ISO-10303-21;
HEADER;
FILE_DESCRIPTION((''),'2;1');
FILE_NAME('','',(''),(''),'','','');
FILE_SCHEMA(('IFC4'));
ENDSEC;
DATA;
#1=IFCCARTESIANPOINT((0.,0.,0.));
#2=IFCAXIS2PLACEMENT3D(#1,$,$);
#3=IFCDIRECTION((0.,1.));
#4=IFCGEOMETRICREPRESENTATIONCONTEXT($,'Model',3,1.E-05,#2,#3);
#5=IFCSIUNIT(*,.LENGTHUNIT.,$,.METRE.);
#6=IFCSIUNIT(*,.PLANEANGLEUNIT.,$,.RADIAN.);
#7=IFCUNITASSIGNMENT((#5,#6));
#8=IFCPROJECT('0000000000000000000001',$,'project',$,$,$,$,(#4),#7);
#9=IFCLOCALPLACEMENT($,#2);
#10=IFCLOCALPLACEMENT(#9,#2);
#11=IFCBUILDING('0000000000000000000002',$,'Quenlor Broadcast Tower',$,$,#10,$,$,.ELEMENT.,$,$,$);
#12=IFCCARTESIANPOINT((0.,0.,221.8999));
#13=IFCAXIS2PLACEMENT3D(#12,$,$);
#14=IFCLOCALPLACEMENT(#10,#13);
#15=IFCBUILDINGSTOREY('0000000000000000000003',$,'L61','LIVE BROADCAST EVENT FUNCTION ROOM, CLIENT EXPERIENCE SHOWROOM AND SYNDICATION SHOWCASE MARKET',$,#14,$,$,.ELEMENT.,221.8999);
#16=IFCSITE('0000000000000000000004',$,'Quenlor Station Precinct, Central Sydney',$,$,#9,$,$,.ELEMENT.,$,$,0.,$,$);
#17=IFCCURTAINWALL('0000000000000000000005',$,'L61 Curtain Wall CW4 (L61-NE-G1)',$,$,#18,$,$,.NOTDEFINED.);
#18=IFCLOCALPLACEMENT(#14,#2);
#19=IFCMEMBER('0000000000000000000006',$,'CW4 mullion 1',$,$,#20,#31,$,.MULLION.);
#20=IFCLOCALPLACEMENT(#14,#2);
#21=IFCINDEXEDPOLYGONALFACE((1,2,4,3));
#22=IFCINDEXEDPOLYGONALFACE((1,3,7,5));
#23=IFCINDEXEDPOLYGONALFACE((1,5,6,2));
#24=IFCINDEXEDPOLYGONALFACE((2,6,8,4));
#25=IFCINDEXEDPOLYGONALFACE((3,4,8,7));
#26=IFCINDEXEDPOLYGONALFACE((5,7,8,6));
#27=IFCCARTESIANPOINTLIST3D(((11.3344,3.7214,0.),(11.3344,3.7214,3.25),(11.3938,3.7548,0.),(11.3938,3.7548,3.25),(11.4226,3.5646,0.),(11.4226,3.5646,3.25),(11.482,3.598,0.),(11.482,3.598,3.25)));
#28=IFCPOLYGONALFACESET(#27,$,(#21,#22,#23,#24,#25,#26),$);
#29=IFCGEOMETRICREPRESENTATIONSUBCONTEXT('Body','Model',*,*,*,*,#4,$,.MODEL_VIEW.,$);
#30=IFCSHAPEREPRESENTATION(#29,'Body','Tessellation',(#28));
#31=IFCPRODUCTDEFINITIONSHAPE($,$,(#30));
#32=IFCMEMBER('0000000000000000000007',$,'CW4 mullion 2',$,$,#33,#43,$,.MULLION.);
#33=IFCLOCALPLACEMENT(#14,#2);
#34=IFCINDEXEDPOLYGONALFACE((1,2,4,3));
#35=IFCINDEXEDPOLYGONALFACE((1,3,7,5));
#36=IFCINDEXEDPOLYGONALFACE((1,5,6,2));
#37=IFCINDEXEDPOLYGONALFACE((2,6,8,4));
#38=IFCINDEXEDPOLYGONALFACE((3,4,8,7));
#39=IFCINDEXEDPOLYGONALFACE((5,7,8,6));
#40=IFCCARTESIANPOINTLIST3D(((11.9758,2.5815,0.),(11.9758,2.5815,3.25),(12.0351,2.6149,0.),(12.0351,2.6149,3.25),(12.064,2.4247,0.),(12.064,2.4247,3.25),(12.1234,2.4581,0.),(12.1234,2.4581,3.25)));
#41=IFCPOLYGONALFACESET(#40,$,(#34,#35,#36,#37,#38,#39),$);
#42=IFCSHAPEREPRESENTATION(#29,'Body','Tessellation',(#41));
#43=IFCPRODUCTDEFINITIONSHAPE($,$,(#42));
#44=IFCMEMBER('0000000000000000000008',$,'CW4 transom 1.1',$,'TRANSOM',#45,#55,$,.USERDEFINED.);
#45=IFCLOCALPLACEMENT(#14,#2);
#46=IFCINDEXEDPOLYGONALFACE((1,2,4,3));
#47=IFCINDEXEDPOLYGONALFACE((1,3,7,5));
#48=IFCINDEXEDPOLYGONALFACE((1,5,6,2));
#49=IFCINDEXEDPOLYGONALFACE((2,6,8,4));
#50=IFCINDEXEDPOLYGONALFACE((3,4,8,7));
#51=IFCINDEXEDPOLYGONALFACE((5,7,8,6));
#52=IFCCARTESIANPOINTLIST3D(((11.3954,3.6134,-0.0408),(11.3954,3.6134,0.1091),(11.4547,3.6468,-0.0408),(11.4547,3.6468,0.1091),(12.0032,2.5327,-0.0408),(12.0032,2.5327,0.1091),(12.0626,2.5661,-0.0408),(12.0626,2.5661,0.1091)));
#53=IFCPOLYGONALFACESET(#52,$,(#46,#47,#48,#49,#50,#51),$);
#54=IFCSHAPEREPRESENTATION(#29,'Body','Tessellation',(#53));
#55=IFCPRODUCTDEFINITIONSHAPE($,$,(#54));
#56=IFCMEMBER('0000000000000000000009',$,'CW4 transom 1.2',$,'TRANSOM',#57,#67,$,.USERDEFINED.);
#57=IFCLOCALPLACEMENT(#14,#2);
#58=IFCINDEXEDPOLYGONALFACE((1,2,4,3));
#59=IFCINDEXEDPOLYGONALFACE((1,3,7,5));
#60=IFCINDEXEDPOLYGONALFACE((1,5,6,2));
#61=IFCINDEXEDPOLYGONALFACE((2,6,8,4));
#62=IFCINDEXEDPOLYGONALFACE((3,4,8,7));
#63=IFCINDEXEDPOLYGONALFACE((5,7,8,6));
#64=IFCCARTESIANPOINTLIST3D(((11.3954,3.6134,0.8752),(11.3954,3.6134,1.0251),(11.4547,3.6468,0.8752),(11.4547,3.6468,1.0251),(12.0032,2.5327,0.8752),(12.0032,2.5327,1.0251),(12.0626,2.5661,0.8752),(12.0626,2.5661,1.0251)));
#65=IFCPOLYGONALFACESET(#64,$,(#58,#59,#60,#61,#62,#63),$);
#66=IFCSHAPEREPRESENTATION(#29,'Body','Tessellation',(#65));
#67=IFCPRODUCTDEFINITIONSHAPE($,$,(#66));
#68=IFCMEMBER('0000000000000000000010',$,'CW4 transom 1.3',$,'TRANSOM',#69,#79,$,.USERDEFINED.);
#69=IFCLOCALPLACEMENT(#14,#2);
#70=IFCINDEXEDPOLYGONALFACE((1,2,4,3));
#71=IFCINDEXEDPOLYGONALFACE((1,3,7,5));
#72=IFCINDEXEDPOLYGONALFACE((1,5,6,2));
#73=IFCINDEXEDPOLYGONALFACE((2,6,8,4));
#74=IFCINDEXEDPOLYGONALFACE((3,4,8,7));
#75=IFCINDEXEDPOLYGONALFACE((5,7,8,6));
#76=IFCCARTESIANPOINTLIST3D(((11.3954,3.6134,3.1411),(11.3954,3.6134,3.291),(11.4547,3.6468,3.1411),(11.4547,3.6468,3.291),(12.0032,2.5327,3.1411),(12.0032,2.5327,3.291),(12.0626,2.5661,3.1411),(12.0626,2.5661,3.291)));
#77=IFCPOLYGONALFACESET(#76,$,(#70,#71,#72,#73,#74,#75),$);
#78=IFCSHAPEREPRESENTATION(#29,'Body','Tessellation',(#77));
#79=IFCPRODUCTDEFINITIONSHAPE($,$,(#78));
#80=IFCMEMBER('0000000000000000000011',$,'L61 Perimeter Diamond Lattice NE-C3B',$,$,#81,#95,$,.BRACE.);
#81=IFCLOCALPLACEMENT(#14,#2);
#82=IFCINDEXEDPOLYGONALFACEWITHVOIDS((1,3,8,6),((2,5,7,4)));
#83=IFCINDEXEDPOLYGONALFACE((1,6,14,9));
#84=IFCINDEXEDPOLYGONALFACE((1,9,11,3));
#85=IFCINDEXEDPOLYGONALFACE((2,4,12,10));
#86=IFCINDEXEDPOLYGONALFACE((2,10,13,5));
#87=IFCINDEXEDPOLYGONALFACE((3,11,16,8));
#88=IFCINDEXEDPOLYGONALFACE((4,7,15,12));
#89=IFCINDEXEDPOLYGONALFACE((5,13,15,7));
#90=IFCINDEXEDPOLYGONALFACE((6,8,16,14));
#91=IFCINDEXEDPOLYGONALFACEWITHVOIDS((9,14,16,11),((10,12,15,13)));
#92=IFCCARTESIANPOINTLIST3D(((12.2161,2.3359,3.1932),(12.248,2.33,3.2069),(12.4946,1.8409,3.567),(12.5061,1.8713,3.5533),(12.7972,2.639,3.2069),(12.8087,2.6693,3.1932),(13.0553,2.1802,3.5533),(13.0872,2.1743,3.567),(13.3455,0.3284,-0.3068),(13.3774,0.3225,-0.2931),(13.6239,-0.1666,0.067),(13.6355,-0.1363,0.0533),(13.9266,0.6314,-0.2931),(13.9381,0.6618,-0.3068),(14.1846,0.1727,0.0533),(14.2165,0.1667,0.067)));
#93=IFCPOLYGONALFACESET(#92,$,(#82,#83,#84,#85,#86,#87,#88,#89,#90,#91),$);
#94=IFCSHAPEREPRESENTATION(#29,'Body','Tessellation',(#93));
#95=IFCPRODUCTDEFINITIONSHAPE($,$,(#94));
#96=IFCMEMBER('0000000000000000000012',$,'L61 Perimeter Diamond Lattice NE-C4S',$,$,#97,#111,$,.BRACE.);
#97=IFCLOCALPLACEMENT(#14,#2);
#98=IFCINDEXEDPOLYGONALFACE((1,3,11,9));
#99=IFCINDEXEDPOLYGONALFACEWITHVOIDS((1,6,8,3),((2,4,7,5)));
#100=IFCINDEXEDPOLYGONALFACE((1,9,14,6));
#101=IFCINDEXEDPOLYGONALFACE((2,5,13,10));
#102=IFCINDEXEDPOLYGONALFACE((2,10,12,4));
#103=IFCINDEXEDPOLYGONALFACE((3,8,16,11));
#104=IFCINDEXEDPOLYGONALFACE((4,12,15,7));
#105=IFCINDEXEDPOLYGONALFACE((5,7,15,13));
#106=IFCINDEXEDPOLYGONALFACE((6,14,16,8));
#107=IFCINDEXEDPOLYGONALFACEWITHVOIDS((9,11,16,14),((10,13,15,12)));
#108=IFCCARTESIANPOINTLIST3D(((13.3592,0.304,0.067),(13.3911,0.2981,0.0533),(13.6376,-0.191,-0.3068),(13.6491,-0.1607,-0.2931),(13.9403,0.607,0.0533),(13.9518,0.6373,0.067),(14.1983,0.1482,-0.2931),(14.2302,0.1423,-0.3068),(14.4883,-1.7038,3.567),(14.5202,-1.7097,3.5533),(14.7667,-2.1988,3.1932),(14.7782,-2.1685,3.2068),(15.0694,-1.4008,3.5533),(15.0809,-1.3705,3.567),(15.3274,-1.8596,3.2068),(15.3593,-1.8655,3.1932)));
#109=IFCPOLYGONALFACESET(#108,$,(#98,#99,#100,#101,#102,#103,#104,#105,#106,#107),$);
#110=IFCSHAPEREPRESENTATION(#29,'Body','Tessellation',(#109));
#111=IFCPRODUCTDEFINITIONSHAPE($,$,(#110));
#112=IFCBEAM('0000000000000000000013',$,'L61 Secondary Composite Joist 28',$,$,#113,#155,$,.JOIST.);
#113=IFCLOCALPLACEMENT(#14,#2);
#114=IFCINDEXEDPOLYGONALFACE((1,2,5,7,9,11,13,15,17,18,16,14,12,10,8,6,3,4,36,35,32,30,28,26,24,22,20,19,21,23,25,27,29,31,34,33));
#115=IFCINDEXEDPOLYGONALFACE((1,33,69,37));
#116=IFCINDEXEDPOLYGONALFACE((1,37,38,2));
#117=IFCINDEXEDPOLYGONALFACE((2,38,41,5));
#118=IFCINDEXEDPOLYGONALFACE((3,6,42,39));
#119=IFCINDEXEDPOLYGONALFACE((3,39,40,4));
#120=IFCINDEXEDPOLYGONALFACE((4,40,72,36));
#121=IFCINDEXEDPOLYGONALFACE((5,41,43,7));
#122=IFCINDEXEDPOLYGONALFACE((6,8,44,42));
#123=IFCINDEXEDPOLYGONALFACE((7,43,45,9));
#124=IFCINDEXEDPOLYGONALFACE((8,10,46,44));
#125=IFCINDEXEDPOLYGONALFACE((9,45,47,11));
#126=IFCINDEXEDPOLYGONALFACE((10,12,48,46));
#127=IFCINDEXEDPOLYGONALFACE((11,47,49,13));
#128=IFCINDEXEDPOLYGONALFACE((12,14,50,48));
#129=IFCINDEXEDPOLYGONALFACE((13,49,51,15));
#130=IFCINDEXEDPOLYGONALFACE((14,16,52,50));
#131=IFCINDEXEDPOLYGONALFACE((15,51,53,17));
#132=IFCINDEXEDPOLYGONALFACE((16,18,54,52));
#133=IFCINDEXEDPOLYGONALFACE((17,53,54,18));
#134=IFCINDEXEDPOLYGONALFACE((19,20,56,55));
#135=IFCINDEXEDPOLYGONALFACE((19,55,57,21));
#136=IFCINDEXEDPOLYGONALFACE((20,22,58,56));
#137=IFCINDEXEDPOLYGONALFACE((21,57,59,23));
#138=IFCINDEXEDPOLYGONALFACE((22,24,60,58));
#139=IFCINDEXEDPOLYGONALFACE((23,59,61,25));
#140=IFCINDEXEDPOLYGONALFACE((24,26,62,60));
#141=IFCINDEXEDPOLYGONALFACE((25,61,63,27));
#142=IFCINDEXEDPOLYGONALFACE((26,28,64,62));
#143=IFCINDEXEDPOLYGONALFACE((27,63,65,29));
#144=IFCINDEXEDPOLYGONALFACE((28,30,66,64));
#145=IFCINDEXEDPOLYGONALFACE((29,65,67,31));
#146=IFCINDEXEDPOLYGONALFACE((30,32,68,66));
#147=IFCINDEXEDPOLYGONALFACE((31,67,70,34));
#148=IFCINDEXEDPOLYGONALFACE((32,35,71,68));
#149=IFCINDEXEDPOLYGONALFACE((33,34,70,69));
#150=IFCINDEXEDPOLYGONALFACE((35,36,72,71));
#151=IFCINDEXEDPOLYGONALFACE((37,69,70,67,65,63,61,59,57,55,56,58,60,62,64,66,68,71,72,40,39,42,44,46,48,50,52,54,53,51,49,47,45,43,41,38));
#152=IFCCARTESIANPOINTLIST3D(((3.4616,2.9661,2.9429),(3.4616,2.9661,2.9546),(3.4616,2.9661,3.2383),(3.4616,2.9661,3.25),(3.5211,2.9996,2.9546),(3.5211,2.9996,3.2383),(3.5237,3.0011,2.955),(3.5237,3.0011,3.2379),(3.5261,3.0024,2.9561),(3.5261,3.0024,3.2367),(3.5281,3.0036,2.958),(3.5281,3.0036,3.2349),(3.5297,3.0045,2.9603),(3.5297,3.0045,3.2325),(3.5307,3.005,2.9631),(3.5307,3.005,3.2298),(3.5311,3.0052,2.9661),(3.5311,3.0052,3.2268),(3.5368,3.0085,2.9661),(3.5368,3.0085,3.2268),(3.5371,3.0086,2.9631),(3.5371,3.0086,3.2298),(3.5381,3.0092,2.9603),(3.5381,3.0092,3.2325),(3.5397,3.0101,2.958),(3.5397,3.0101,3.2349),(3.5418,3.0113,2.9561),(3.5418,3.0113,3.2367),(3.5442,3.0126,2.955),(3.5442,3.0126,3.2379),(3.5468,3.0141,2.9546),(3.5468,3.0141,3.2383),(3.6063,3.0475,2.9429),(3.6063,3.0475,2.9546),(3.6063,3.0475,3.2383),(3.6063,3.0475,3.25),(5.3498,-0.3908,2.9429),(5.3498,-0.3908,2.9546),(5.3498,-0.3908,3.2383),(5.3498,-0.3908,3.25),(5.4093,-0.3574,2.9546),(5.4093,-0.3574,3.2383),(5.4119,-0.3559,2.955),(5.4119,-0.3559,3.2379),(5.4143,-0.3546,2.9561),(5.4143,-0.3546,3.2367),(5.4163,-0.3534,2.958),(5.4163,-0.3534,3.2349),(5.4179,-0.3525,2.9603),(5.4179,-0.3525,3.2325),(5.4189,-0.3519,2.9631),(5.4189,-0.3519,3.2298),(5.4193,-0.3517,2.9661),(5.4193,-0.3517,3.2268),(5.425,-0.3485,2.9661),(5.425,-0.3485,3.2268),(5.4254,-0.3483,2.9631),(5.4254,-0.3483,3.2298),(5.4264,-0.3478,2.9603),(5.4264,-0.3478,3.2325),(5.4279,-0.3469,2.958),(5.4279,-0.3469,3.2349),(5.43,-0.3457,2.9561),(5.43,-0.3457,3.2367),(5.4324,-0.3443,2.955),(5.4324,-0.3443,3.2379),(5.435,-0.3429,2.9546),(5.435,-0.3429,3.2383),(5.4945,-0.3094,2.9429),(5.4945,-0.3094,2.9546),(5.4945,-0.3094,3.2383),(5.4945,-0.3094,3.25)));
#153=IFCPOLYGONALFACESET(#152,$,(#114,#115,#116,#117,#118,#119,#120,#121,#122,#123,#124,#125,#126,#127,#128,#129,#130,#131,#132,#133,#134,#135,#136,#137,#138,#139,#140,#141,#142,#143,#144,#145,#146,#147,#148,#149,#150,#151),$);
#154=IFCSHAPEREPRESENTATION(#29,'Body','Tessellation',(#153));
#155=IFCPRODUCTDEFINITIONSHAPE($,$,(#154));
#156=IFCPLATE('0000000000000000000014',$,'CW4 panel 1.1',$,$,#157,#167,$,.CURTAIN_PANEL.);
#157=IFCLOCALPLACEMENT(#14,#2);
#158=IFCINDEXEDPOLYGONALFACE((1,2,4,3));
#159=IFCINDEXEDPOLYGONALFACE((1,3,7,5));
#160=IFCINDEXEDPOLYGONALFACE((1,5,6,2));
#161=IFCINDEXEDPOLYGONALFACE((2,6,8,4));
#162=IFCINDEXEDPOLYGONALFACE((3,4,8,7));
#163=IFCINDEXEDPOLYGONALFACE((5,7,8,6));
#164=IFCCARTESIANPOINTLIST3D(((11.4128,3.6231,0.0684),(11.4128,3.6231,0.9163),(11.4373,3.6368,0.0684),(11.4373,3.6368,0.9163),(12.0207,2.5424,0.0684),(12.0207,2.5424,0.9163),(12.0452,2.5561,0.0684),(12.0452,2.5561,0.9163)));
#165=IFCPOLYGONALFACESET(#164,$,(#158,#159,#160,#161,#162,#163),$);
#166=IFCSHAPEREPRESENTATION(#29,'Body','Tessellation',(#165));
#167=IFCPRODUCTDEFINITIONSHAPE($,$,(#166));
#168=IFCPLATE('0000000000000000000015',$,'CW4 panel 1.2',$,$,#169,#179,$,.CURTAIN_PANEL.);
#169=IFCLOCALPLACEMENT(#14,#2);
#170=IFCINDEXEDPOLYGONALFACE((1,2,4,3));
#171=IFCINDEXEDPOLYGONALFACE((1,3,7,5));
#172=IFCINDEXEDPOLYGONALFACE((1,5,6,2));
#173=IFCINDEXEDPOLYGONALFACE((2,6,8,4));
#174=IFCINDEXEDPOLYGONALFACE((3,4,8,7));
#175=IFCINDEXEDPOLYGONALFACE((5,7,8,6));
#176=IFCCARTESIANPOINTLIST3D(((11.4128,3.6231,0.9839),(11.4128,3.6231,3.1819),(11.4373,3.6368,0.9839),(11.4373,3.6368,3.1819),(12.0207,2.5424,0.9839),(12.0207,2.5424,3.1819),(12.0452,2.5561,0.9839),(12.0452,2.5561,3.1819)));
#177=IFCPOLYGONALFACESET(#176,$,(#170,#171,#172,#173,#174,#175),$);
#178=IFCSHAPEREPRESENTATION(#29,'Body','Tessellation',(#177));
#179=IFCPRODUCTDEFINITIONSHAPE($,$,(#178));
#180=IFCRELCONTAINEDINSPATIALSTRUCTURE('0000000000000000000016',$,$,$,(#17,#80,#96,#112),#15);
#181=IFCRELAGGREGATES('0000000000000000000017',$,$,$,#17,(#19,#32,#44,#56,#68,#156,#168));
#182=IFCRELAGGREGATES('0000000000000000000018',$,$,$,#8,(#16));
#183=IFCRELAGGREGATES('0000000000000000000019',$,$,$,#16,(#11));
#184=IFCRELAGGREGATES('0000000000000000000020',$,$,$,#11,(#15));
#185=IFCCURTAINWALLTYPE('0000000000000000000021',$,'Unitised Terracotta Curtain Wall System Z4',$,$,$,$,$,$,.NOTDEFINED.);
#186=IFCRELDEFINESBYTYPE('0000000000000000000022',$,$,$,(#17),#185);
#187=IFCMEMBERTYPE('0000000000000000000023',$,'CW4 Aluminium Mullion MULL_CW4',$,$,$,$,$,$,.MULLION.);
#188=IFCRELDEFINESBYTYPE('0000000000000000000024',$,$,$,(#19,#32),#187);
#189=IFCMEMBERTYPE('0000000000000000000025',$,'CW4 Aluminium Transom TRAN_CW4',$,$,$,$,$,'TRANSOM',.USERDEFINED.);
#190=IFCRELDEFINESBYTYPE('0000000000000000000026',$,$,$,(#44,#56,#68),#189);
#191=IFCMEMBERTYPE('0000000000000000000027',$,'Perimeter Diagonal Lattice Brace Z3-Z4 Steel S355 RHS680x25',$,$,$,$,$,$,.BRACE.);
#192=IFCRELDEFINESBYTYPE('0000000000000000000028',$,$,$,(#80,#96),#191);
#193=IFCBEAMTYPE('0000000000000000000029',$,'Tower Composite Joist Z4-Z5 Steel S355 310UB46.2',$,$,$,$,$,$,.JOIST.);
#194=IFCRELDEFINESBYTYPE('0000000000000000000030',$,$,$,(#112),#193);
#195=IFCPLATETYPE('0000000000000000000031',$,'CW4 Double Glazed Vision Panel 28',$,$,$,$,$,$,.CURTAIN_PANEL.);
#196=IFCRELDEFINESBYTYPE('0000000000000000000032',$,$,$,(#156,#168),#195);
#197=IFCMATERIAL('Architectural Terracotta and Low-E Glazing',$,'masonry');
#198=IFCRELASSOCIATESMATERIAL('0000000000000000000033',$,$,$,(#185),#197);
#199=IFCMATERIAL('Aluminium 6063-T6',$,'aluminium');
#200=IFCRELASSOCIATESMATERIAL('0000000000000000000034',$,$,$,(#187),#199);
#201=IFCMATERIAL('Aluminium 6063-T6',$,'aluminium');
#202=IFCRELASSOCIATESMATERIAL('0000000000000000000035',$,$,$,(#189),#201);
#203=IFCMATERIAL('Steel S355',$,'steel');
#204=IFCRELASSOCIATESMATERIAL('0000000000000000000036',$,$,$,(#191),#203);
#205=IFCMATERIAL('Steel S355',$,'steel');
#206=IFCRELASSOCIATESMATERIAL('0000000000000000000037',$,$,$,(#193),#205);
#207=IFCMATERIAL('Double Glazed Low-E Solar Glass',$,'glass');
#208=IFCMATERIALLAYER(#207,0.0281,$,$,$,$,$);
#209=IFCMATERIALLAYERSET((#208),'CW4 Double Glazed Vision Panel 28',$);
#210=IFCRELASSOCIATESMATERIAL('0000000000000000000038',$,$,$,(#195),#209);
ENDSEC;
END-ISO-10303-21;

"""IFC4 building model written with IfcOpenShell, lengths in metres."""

from ifc_helpers import new_model, si_unit, direction, frame, origin, origin_2d, place, context, subcontext, project, spatial, rectangle, hollow_rectangle, i_section, extrude, material, layer, layer_set, material_profile, profile_set, type_object, element, aggregate, save


model = new_model("IFC4")

# Units and contexts
model_context = context("Model", 3, precision=1e-05, world=origin(), true_north=direction((0.0, 1.0)))
body_context = subcontext(model_context, "Body", "Model", "MODEL_VIEW")
ifc_project = project(units=[si_unit("LENGTHUNIT", "METRE"), si_unit("PLANEANGLEUNIT", "RADIAN")], contexts=[model_context])

# Site, building, storey
site_placement = place(None, origin())
site = spatial("IfcSite", under=ifc_project, at=site_placement, Name="Quenlor Station Precinct, Central Sydney", CompositionType="ELEMENT", RefElevation=0.0)
building_placement = place(site_placement, origin())
building = spatial("IfcBuilding", under=site, at=building_placement, Name="Quenlor Broadcast Tower", CompositionType="ELEMENT")
storey_placement = place(building_placement, frame((0.0, 0.0, 221.8999)))
storey = spatial("IfcBuildingStorey", under=building, at=storey_placement, Name="L61", Description="LIVE BROADCAST EVENT FUNCTION ROOM, CLIENT EXPERIENCE SHOWROOM AND SYNDICATION SHOWCASE MARKET", CompositionType="ELEMENT", Elevation=221.8999)

# Curtain wall, members
ifc_material_1 = material(Name="Architectural Terracotta and Low-E Glazing", Category="masonry")
curtain_wall_type = type_object("IfcCurtainWallType", Name="Unitised Terracotta Curtain Wall System Z4", PredefinedType="NOTDEFINED", material=ifc_material_1)
curtain_wall_placement = place(storey_placement, origin())
curtain_wall = element("IfcCurtainWall", 1, at=curtain_wall_placement, inside=storey, type_object=curtain_wall_type, Name="L61 Curtain Wall CW4 (L61-NE-G1)", PredefinedType="NOTDEFINED")
ifc_material_2 = material(Name="Aluminium 6063-T6", Category="aluminium")
ifc_material_profile_1 = material_profile(ifc_material_2, rectangle(XDim=0.0681, YDim=0.1799, at=origin_2d()))
ifc_profile_set_1 = profile_set([ifc_material_profile_1], Name="Aluminium 6063-T6 MULL68x180")
member_type_1 = type_object("IfcMemberType", Name="CW4 Aluminium Mullion MULL_CW4", PredefinedType="MULLION", material=ifc_profile_set_1)
member_1_placement = place(storey_placement, frame((11.4082, 3.6597, 0.0), z_axis=(0.0, 0.0, 1.0), x_axis=(0.87156, 0.490289, 0.0)))
member_1 = element("IfcMember", 2, at=member_1_placement, type_object=member_type_1, Name="CW4 mullion 1", PredefinedType="MULLION", context=body_context, shape_type="SweptSolid", body=[
    extrude(rectangle(XDim=0.0681, YDim=0.1799, at=origin_2d()), origin(), (0.0, 0.0, 1.0), 3.25),
])
member_2_placement = place(storey_placement, frame((12.0496, 2.5198, 0.0), z_axis=(0.0, 0.0, 1.0), x_axis=(0.87156, 0.490289, 0.0)))
member_2 = element("IfcMember", 3, at=member_2_placement, type_object=member_type_1, Name="CW4 mullion 2", PredefinedType="MULLION", context=body_context, shape_type="SweptSolid", body=[
    extrude(rectangle(XDim=0.0681, YDim=0.1799, at=origin_2d()), origin(), (0.0, 0.0, 1.0), 3.25),
])
ifc_material_3 = material(Name="Aluminium 6063-T6", Category="aluminium")
ifc_material_profile_2 = material_profile(ifc_material_3, rectangle(XDim=0.0681, YDim=0.1499, at=origin_2d()))
ifc_profile_set_2 = profile_set([ifc_material_profile_2], Name="Aluminium 6063-T6 TRAN68x150")
member_type_2 = type_object("IfcMemberType", Name="CW4 Aluminium Transom TRAN_CW4", ElementType="TRANSOM", PredefinedType="USERDEFINED", material=ifc_profile_set_2)
member_3_placement = place(storey_placement, frame((11.425, 3.6301, 0.0342), z_axis=(0.490233, -0.871591, 0.0), x_axis=(0.871591, 0.490233, 0.0)))
member_3 = element("IfcMember", 4, at=member_3_placement, type_object=member_type_2, Name="CW4 transom 1.1", ObjectType="TRANSOM", PredefinedType="USERDEFINED", context=body_context, shape_type="SweptSolid", body=[
    extrude(rectangle(XDim=0.0681, YDim=0.1499, at=origin_2d()), origin(), (0.0, 0.0, 1.0), 1.24),
])
member_4_placement = place(storey_placement, frame((11.425, 3.6301, 0.9502), z_axis=(0.490233, -0.871591, 0.0), x_axis=(0.871591, 0.490233, 0.0)))
member_4 = element("IfcMember", 5, at=member_4_placement, type_object=member_type_2, Name="CW4 transom 1.2", ObjectType="TRANSOM", PredefinedType="USERDEFINED", context=body_context, shape_type="SweptSolid", body=[
    extrude(rectangle(XDim=0.0681, YDim=0.1499, at=origin_2d()), origin(), (0.0, 0.0, 1.0), 1.24),
])
member_5_placement = place(storey_placement, frame((11.425, 3.6301, 3.2161), z_axis=(0.490233, -0.871591, 0.0), x_axis=(0.871591, 0.490233, 0.0)))
member_5 = element("IfcMember", 6, at=member_5_placement, type_object=member_type_2, Name="CW4 transom 1.3", ObjectType="TRANSOM", PredefinedType="USERDEFINED", context=body_context, shape_type="SweptSolid", body=[
    extrude(rectangle(XDim=0.0681, YDim=0.1499, at=origin_2d()), origin(), (0.0, 0.0, 1.0), 1.24),
])

# Members
ifc_material_4 = material(Name="Steel S355", Category="steel")
ifc_material_profile_3 = material_profile(ifc_material_4, hollow_rectangle(XDim=0.6799, YDim=0.6799, WallThickness=0.0249, at=origin_2d()))
ifc_profile_set_3 = profile_set([ifc_material_profile_3], Name="Steel S355 RHS680x680x25")
member_type_3 = type_object("IfcMemberType", Name="Perimeter Diagonal Lattice Brace Z3-Z4 Steel S355 RHS680x25", PredefinedType="BRACE", material=ifc_profile_set_3)
for number, where, z_axis, x_axis, name in (
    (7, (13.781, 0.2476, -0.1199), (-0.269547, 0.479136, 0.835328), (-0.87155, -0.490307, 0.0), "L61 Perimeter Diamond Lattice NE-C3B"),
    (8, (13.7947, 0.2231, -0.1199), (0.269485, -0.479189, 0.835318), (0.871621, 0.490181, 0.0), "L61 Perimeter Diamond Lattice NE-C4S"),
):
    element("IfcMember", number, at=place(storey_placement, frame(where, z_axis=z_axis, x_axis=x_axis)), inside=storey, type_object=member_type_3, Name=name, PredefinedType="BRACE", context=body_context, shape_type="SweptSolid", body=[
        extrude(hollow_rectangle(XDim=0.6799, YDim=0.6799, WallThickness=0.0249, at=origin_2d()), origin(), (0.0, 0.0, 1.0), 4.1899),
    ])

# Beam
ifc_material_5 = material(Name="Steel S355", Category="steel")
ifc_material_profile_4 = material_profile(ifc_material_5, i_section(OverallWidth=0.166, OverallDepth=0.3071, WebThickness=0.0066, FlangeThickness=0.0117, FilletRadius=0.0115, at=origin_2d()))
ifc_profile_set_4 = profile_set([ifc_material_profile_4], Name="Steel S355 310UB46.2")
beam_type = type_object("IfcBeamType", Name="Tower Composite Joist Z4-Z5 Steel S355 310UB46.2", PredefinedType="JOIST", material=ifc_profile_set_4)
beam_placement = place(storey_placement, frame((3.5339, 3.0068, 3.0964), z_axis=(0.490243, -0.871586, 0.0), x_axis=(0.871586, 0.490243, 0.0)))
element("IfcBeam", 9, at=beam_placement, inside=storey, type_object=beam_type, Name="L61 Secondary Composite Joist 28", PredefinedType="JOIST", context=body_context, shape_type="SweptSolid", body=[
    extrude(i_section(OverallWidth=0.166, OverallDepth=0.3071, WebThickness=0.0066, FlangeThickness=0.0117, FilletRadius=0.0115, at=origin_2d()), origin(), (0.0, 0.0, 1.0), 3.8516),
])

# Plates
ifc_material_6 = material(Name="Double Glazed Low-E Solar Glass", Category="glass")
ifc_layer_1 = layer(ifc_material_6, 0.0281)
ifc_layer_set_1 = layer_set([ifc_layer_1], Name="CW4 Double Glazed Vision Panel 28")
plate_type_1 = type_object("IfcPlateType", Name="CW4 Double Glazed Vision Panel 28", PredefinedType="CURTAIN_PANEL", material=ifc_layer_set_1)
plate_1_placement = place(storey_placement, frame((11.729, 3.0896, 0.0684), z_axis=(0.0, 0.0, 1.0), x_axis=(0.490289, -0.87156, 0.0)))
plate_1 = element("IfcPlate", 10, at=plate_1_placement, type_object=plate_type_1, Name="CW4 panel 1.1", PredefinedType="CURTAIN_PANEL", context=body_context, shape_type="SweptSolid", body=[
    extrude(rectangle(XDim=1.24, YDim=0.0281, at=origin_2d()), origin(), (0.0, 0.0, 1.0), 0.8479),
])
plate_2_placement = place(storey_placement, frame((11.729, 3.0896, 0.9839), z_axis=(0.0, 0.0, 1.0), x_axis=(0.490289, -0.87156, 0.0)))
plate_2 = element("IfcPlate", 11, at=plate_2_placement, type_object=plate_type_1, Name="CW4 panel 1.2", PredefinedType="CURTAIN_PANEL", context=body_context, shape_type="SweptSolid", body=[
    extrude(rectangle(XDim=1.24, YDim=0.0281, at=origin_2d()), origin(), (0.0, 0.0, 1.0), 2.198),
])
aggregate(curtain_wall, [member_1, member_2, member_3, member_4, member_5, plate_1, plate_2])

save(model, "model.ifc")
